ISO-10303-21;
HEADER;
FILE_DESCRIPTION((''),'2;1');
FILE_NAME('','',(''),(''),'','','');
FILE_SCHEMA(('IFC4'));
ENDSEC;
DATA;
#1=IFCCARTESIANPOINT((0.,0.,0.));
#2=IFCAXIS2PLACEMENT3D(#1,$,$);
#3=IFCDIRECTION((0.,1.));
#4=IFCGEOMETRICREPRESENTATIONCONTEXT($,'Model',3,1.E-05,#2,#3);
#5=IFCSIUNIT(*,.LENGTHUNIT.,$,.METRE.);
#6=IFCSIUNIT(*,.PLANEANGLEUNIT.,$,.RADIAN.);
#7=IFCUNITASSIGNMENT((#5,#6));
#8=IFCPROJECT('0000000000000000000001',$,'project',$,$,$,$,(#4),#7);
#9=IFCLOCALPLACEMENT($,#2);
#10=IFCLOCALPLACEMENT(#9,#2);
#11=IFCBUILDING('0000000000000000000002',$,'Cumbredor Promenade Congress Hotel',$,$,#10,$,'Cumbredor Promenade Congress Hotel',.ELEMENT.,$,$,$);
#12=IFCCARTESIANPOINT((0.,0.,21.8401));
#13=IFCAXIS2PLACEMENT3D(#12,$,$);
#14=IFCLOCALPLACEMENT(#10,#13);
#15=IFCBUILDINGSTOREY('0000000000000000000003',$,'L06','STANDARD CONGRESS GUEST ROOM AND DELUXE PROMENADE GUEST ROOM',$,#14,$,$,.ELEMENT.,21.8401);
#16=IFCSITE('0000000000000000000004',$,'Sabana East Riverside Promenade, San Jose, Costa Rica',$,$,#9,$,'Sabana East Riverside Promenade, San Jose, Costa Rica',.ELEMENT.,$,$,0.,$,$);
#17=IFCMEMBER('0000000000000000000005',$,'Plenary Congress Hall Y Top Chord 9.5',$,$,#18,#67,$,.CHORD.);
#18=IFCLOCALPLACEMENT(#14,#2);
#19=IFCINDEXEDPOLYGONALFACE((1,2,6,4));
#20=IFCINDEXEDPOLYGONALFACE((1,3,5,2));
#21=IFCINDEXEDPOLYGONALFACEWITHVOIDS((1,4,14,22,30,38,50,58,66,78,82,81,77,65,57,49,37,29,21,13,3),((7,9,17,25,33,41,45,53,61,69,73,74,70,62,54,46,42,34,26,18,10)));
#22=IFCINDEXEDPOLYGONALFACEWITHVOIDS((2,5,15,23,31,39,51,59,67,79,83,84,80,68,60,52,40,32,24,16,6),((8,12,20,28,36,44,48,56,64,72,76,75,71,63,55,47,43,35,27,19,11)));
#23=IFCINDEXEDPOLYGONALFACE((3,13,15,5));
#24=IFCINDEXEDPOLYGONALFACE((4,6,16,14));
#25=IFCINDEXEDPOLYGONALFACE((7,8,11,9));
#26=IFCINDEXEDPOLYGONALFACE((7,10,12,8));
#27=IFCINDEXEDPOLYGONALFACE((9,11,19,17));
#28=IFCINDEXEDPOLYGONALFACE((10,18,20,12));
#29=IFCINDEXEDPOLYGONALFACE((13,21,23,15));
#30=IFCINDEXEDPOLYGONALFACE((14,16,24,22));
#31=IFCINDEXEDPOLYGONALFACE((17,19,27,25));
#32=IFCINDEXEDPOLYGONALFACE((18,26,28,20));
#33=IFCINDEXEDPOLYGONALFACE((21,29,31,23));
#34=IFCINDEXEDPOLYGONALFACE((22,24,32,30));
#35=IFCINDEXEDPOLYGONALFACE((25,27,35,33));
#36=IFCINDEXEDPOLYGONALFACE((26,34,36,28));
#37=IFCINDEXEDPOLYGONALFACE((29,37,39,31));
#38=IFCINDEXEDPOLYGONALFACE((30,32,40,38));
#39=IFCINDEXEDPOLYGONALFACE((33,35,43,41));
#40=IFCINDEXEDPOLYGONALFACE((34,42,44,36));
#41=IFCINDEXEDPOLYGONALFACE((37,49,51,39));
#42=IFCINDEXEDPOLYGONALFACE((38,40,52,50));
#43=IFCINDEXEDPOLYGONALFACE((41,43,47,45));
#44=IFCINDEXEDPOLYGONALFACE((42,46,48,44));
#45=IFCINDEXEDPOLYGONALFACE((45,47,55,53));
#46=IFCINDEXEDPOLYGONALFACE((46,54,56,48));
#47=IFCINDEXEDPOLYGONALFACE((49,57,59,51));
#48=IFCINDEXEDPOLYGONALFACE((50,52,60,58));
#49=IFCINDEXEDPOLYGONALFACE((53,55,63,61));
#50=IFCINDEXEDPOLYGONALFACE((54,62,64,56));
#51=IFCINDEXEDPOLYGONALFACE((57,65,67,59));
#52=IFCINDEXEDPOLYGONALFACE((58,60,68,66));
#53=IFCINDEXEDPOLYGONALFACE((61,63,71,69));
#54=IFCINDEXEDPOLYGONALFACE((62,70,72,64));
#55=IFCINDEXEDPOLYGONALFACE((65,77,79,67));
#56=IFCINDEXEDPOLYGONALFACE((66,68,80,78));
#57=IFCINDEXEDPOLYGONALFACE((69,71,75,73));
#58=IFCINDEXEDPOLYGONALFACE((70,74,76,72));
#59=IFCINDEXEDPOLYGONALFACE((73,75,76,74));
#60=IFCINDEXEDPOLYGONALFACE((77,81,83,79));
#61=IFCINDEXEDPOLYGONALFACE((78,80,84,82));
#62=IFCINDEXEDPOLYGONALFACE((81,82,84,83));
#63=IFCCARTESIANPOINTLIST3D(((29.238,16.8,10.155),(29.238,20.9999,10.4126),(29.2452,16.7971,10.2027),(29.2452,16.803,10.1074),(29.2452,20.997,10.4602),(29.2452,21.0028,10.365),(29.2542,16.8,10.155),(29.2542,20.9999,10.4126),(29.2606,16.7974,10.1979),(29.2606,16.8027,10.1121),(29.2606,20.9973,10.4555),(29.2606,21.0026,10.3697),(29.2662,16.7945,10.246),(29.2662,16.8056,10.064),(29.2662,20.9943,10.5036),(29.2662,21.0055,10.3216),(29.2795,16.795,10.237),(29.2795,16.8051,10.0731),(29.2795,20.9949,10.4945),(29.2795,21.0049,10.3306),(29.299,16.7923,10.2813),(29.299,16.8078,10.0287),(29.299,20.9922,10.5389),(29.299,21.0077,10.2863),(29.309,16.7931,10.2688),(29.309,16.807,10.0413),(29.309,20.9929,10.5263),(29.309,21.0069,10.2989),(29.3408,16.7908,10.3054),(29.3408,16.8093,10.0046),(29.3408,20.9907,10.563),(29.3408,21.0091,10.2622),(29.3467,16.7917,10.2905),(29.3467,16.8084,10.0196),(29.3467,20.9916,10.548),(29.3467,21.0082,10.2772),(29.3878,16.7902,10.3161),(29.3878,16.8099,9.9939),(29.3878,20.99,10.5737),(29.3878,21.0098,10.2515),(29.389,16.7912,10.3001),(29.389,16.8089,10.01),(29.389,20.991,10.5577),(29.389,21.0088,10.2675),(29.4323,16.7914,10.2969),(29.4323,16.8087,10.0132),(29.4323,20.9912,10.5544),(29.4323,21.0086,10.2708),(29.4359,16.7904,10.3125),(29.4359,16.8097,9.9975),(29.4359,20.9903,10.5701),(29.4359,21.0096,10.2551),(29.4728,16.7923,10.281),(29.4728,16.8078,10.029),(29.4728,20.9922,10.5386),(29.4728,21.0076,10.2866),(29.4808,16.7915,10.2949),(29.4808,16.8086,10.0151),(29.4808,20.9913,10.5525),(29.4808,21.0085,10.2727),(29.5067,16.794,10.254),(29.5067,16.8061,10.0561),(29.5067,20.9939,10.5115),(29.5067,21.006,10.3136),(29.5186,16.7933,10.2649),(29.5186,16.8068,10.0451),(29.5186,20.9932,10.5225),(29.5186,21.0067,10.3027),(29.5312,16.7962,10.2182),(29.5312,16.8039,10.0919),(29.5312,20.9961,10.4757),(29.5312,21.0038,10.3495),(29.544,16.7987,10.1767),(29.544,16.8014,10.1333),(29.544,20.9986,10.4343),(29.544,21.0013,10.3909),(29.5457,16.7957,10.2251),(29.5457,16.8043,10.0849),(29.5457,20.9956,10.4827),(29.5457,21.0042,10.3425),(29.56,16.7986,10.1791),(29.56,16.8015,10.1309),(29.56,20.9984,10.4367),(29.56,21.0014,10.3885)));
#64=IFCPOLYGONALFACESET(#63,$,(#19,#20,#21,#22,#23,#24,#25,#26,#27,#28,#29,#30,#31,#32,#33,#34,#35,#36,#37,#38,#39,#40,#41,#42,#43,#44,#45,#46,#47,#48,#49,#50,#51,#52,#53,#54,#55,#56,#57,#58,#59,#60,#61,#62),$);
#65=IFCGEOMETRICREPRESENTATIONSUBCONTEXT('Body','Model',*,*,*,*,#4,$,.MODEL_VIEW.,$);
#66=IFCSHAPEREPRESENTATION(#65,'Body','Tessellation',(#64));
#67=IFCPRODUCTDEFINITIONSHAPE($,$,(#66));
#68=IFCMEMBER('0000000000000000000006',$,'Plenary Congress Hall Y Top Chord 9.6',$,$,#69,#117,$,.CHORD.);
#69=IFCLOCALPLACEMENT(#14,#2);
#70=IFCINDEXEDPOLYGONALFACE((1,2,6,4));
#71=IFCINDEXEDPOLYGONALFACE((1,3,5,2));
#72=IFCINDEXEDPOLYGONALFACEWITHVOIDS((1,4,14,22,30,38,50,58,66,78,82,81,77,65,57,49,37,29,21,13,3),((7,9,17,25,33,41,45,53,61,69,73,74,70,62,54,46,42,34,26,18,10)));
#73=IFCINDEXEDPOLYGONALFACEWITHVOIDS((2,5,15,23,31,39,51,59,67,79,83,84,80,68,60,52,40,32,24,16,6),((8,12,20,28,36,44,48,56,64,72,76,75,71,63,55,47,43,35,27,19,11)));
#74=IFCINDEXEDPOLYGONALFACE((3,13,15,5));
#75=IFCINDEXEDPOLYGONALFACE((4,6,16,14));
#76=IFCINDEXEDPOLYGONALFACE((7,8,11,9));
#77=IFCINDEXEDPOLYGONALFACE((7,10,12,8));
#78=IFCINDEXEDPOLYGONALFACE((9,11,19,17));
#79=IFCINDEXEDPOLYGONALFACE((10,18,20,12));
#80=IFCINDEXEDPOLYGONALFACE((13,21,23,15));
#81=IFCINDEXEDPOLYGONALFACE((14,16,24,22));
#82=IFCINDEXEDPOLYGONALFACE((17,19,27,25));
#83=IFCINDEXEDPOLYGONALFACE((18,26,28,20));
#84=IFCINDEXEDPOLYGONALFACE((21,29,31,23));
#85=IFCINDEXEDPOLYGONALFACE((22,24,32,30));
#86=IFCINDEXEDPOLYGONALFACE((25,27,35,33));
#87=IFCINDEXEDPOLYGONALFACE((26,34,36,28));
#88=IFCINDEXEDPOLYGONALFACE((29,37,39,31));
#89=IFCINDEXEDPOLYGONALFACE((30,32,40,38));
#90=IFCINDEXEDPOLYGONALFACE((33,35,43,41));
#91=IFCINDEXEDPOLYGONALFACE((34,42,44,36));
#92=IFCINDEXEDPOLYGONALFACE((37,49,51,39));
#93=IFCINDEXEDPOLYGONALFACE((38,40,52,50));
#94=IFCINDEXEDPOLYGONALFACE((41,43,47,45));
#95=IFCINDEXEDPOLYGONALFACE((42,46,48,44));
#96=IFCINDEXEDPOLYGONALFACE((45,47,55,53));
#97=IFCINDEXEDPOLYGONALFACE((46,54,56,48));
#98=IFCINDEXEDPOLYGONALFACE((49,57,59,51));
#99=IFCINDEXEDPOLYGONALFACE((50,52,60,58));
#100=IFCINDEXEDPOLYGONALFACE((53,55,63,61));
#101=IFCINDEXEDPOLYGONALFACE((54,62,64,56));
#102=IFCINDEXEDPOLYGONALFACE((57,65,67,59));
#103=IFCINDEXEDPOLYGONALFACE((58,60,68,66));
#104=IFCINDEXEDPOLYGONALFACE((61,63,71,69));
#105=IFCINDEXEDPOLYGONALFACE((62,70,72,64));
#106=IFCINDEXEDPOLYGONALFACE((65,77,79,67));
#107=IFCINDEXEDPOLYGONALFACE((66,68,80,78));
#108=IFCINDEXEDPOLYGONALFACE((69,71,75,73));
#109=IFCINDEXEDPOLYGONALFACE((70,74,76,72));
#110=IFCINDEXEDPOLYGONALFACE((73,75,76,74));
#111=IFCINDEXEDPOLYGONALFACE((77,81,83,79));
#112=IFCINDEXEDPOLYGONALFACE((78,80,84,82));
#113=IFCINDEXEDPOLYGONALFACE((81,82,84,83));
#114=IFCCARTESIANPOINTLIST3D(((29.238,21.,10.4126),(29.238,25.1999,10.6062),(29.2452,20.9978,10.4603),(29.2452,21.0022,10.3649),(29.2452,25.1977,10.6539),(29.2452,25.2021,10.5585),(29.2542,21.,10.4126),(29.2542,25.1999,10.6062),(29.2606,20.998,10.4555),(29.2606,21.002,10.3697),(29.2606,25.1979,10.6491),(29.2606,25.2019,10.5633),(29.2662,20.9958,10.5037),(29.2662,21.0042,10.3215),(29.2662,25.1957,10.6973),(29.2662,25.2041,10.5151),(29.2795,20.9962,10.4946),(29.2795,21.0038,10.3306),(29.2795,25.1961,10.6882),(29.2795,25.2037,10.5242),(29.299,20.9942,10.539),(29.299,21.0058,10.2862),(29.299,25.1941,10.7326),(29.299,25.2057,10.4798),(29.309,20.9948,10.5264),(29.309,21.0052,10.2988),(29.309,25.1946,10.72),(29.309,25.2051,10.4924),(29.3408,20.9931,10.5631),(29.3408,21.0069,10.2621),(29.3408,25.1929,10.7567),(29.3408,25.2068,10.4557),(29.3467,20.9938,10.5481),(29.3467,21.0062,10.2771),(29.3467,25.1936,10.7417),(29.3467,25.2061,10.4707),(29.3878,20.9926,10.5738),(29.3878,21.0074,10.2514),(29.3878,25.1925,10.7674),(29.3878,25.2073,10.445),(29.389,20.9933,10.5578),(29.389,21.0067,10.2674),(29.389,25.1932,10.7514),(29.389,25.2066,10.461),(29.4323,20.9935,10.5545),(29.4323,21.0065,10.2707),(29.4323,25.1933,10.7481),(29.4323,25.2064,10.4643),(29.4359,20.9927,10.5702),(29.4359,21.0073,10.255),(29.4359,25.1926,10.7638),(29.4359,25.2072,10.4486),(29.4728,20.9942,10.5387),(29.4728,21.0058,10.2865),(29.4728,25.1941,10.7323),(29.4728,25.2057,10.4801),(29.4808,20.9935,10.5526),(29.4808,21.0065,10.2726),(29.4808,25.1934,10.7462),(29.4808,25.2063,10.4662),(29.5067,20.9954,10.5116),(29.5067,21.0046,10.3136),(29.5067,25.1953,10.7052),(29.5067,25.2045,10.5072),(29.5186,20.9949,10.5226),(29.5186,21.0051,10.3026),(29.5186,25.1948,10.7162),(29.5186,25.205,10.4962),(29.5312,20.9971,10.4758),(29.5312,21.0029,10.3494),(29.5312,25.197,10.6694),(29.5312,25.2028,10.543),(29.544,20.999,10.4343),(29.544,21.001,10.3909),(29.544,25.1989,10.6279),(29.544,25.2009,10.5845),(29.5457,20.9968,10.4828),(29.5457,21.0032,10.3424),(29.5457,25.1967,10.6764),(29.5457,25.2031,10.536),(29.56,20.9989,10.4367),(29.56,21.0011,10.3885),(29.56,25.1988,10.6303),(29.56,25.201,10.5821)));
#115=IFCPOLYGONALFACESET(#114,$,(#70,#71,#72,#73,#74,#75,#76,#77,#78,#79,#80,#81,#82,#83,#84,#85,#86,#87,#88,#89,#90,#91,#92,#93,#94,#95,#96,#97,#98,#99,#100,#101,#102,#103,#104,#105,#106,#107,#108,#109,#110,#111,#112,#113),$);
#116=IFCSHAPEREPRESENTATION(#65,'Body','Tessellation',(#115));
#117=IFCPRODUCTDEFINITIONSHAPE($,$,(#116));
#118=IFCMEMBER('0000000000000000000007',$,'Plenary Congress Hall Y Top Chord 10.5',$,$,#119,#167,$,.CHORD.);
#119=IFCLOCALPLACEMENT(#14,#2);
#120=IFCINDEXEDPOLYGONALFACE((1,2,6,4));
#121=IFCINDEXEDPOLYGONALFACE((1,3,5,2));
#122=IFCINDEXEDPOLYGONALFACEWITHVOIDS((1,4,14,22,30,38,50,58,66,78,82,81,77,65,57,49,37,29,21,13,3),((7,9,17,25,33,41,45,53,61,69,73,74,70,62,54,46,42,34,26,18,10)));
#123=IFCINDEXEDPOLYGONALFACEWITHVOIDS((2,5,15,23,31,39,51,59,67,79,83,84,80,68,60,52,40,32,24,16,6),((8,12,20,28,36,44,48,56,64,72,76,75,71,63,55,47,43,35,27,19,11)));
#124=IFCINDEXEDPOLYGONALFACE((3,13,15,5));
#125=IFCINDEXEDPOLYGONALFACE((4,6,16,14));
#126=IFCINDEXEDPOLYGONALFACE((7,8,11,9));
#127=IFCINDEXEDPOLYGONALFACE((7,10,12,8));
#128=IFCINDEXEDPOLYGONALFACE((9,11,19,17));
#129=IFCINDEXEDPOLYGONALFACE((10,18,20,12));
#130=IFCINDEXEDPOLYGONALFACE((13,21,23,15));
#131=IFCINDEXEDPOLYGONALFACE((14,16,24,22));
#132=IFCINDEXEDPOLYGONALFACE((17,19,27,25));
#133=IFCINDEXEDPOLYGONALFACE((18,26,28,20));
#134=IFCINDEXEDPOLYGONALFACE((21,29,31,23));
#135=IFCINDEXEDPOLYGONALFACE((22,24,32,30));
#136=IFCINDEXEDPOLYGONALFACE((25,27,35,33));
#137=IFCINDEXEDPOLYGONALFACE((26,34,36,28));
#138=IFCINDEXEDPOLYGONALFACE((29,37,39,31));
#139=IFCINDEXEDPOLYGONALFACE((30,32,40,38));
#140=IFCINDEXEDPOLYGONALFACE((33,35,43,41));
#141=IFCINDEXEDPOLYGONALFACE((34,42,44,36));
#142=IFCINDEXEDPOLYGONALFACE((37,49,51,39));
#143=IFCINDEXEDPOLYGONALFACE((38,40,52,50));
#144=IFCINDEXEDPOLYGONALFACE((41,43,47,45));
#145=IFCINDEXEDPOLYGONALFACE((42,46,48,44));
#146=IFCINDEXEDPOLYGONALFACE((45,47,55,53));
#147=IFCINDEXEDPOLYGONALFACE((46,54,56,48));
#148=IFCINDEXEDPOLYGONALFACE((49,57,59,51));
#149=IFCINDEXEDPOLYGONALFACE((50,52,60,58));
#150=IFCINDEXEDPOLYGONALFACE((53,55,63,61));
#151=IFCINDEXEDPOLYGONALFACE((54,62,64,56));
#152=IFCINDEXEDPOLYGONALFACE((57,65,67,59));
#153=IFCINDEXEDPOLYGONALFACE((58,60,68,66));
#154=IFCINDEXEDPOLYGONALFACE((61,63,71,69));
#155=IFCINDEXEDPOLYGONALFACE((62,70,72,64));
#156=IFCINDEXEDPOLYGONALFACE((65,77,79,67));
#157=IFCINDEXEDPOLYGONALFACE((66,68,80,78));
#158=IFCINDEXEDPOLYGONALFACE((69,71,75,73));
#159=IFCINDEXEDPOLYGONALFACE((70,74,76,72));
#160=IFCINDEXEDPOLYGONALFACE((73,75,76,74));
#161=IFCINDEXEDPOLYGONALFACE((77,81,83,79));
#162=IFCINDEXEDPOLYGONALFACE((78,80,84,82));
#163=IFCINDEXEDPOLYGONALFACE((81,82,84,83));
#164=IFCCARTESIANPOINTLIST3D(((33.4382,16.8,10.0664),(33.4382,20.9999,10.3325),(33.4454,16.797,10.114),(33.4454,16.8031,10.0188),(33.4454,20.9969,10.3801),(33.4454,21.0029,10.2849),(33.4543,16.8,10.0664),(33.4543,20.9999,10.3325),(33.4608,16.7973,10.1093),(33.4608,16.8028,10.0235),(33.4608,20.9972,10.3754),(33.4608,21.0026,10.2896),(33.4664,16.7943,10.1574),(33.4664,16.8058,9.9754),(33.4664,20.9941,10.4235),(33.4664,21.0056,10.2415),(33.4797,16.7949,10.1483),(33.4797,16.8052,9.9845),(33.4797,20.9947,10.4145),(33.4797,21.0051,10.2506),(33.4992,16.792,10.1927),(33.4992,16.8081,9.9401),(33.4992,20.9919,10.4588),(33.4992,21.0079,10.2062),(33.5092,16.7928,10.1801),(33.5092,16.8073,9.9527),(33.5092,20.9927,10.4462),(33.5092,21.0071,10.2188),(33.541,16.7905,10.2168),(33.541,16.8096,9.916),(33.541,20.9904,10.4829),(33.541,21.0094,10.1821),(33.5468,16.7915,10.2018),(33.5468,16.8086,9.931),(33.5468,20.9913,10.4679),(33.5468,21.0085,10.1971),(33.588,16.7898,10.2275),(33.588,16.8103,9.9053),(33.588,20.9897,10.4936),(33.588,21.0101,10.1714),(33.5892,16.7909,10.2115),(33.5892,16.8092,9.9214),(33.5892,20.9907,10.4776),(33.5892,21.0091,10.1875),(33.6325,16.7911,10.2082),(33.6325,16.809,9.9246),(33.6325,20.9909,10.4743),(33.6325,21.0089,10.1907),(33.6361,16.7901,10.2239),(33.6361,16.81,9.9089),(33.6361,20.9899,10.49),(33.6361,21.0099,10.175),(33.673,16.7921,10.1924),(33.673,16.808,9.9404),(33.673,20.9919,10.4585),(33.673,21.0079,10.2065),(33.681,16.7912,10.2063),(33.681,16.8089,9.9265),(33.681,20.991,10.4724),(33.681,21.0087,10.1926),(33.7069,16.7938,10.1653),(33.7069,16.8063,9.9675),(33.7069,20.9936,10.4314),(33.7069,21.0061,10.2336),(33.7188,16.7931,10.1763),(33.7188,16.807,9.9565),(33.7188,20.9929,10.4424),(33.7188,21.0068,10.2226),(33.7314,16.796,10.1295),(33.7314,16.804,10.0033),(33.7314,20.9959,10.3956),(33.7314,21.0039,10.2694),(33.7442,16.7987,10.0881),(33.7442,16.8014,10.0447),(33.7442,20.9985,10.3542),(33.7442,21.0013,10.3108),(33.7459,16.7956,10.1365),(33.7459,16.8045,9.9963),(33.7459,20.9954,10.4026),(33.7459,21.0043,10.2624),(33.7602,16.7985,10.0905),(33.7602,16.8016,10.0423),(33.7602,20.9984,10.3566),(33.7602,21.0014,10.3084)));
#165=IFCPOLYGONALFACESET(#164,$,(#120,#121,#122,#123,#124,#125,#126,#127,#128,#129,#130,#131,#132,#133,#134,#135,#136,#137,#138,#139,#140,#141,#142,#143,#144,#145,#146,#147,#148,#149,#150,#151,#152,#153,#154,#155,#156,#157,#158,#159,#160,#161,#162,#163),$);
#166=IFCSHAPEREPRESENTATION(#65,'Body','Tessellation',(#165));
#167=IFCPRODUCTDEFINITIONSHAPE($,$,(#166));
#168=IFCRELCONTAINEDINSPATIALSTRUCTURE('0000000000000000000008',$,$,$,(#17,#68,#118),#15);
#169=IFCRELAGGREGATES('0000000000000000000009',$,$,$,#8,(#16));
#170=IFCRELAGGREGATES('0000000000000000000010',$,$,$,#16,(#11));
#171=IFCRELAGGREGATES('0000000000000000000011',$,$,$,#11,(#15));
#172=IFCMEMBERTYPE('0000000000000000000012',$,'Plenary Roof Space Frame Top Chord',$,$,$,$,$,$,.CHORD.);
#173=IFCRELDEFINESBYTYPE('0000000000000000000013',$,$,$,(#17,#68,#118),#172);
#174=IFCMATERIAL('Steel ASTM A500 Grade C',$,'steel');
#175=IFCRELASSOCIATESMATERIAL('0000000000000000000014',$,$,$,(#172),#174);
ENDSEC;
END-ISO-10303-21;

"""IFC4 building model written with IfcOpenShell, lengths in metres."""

from ifc_helpers import new_model, si_unit, direction, frame, origin, origin_2d, place, context, subcontext, project, spatial, hollow_circle, extrude, material, material_profile, profile_set, type_object, element, save


model = new_model("IFC4")

# Units and contexts
model_context = context("Model", 3, precision=1e-05, world=origin(), true_north=direction((0.0, 1.0)))
body_context = subcontext(model_context, "Body", "Model", "MODEL_VIEW")
ifc_project = project(units=[si_unit("LENGTHUNIT", "METRE"), si_unit("PLANEANGLEUNIT", "RADIAN")], contexts=[model_context])

# Site, building, storey
site_placement = place(None, origin())
site = spatial("IfcSite", under=ifc_project, at=site_placement, Name="Sabana East Riverside Promenade, San Jose, Costa Rica", LongName="Sabana East Riverside Promenade, San Jose, Costa Rica", CompositionType="ELEMENT", RefElevation=0.0)
building_placement = place(site_placement, origin())
building = spatial("IfcBuilding", under=site, at=building_placement, Name="Cumbredor Promenade Congress Hotel", LongName="Cumbredor Promenade Congress Hotel", CompositionType="ELEMENT")
storey_placement = place(building_placement, frame((0.0, 0.0, 21.8401)))
storey = spatial("IfcBuildingStorey", under=building, at=storey_placement, Name="L06", Description="STANDARD CONGRESS GUEST ROOM AND DELUXE PROMENADE GUEST ROOM", CompositionType="ELEMENT", Elevation=21.8401)

# Members
ifc_material_1 = material(Name="Steel ASTM A500 Grade C", Category="steel")
ifc_material_profile_1 = material_profile(ifc_material_1, hollow_circle(Radius=0.1619, WallThickness=0.0161, at=origin_2d()), Name="CHS 323.9x16")
ifc_profile_set_1 = profile_set([ifc_material_profile_1], Name="Steel ASTM A500 Grade C")
member_type_1 = type_object("IfcMemberType", Name="Plenary Roof Space Frame Top Chord", PredefinedType="CHORD", material=ifc_profile_set_1)
member_1_placement = place(storey_placement, frame((29.3999, 16.8, 10.155), z_axis=(0.0, 0.998125, 0.061212), x_axis=(-1.0, 0.0, 0.0)))
element("IfcMember", 1, at=member_1_placement, inside=storey, type_object=member_type_1, Name="Plenary Congress Hall Y Top Chord 9.5", PredefinedType="CHORD", context=body_context, shape_type="SweptSolid", body=[
    extrude(hollow_circle(Radius=0.1619, WallThickness=0.0161, at=origin_2d()), origin(), (0.0, 0.0, 1.0), 4.2078),
])
member_2_placement = place(storey_placement, frame((29.3999, 21.0, 10.4126), z_axis=(0.0, 0.998939, 0.046048), x_axis=(-1.0, 0.0, 0.0)))
element("IfcMember", 2, at=member_2_placement, inside=storey, type_object=member_type_1, Name="Plenary Congress Hall Y Top Chord 9.6", PredefinedType="CHORD", context=body_context, shape_type="SweptSolid", body=[
    extrude(hollow_circle(Radius=0.1619, WallThickness=0.0161, at=origin_2d()), origin(), (0.0, 0.0, 1.0), 4.2043),
])
member_3_placement = place(storey_placement, frame((33.6001, 16.8, 10.0664), z_axis=(0.0, 0.997999, 0.063234), x_axis=(-1.0, 0.0, 0.0)))
element("IfcMember", 3, at=member_3_placement, inside=storey, type_object=member_type_1, Name="Plenary Congress Hall Y Top Chord 10.5", PredefinedType="CHORD", context=body_context, shape_type="SweptSolid", body=[
    extrude(hollow_circle(Radius=0.1619, WallThickness=0.0161, at=origin_2d()), origin(), (0.0, 0.0, 1.0), 4.2083),
])

save(model, "model.ifc")
